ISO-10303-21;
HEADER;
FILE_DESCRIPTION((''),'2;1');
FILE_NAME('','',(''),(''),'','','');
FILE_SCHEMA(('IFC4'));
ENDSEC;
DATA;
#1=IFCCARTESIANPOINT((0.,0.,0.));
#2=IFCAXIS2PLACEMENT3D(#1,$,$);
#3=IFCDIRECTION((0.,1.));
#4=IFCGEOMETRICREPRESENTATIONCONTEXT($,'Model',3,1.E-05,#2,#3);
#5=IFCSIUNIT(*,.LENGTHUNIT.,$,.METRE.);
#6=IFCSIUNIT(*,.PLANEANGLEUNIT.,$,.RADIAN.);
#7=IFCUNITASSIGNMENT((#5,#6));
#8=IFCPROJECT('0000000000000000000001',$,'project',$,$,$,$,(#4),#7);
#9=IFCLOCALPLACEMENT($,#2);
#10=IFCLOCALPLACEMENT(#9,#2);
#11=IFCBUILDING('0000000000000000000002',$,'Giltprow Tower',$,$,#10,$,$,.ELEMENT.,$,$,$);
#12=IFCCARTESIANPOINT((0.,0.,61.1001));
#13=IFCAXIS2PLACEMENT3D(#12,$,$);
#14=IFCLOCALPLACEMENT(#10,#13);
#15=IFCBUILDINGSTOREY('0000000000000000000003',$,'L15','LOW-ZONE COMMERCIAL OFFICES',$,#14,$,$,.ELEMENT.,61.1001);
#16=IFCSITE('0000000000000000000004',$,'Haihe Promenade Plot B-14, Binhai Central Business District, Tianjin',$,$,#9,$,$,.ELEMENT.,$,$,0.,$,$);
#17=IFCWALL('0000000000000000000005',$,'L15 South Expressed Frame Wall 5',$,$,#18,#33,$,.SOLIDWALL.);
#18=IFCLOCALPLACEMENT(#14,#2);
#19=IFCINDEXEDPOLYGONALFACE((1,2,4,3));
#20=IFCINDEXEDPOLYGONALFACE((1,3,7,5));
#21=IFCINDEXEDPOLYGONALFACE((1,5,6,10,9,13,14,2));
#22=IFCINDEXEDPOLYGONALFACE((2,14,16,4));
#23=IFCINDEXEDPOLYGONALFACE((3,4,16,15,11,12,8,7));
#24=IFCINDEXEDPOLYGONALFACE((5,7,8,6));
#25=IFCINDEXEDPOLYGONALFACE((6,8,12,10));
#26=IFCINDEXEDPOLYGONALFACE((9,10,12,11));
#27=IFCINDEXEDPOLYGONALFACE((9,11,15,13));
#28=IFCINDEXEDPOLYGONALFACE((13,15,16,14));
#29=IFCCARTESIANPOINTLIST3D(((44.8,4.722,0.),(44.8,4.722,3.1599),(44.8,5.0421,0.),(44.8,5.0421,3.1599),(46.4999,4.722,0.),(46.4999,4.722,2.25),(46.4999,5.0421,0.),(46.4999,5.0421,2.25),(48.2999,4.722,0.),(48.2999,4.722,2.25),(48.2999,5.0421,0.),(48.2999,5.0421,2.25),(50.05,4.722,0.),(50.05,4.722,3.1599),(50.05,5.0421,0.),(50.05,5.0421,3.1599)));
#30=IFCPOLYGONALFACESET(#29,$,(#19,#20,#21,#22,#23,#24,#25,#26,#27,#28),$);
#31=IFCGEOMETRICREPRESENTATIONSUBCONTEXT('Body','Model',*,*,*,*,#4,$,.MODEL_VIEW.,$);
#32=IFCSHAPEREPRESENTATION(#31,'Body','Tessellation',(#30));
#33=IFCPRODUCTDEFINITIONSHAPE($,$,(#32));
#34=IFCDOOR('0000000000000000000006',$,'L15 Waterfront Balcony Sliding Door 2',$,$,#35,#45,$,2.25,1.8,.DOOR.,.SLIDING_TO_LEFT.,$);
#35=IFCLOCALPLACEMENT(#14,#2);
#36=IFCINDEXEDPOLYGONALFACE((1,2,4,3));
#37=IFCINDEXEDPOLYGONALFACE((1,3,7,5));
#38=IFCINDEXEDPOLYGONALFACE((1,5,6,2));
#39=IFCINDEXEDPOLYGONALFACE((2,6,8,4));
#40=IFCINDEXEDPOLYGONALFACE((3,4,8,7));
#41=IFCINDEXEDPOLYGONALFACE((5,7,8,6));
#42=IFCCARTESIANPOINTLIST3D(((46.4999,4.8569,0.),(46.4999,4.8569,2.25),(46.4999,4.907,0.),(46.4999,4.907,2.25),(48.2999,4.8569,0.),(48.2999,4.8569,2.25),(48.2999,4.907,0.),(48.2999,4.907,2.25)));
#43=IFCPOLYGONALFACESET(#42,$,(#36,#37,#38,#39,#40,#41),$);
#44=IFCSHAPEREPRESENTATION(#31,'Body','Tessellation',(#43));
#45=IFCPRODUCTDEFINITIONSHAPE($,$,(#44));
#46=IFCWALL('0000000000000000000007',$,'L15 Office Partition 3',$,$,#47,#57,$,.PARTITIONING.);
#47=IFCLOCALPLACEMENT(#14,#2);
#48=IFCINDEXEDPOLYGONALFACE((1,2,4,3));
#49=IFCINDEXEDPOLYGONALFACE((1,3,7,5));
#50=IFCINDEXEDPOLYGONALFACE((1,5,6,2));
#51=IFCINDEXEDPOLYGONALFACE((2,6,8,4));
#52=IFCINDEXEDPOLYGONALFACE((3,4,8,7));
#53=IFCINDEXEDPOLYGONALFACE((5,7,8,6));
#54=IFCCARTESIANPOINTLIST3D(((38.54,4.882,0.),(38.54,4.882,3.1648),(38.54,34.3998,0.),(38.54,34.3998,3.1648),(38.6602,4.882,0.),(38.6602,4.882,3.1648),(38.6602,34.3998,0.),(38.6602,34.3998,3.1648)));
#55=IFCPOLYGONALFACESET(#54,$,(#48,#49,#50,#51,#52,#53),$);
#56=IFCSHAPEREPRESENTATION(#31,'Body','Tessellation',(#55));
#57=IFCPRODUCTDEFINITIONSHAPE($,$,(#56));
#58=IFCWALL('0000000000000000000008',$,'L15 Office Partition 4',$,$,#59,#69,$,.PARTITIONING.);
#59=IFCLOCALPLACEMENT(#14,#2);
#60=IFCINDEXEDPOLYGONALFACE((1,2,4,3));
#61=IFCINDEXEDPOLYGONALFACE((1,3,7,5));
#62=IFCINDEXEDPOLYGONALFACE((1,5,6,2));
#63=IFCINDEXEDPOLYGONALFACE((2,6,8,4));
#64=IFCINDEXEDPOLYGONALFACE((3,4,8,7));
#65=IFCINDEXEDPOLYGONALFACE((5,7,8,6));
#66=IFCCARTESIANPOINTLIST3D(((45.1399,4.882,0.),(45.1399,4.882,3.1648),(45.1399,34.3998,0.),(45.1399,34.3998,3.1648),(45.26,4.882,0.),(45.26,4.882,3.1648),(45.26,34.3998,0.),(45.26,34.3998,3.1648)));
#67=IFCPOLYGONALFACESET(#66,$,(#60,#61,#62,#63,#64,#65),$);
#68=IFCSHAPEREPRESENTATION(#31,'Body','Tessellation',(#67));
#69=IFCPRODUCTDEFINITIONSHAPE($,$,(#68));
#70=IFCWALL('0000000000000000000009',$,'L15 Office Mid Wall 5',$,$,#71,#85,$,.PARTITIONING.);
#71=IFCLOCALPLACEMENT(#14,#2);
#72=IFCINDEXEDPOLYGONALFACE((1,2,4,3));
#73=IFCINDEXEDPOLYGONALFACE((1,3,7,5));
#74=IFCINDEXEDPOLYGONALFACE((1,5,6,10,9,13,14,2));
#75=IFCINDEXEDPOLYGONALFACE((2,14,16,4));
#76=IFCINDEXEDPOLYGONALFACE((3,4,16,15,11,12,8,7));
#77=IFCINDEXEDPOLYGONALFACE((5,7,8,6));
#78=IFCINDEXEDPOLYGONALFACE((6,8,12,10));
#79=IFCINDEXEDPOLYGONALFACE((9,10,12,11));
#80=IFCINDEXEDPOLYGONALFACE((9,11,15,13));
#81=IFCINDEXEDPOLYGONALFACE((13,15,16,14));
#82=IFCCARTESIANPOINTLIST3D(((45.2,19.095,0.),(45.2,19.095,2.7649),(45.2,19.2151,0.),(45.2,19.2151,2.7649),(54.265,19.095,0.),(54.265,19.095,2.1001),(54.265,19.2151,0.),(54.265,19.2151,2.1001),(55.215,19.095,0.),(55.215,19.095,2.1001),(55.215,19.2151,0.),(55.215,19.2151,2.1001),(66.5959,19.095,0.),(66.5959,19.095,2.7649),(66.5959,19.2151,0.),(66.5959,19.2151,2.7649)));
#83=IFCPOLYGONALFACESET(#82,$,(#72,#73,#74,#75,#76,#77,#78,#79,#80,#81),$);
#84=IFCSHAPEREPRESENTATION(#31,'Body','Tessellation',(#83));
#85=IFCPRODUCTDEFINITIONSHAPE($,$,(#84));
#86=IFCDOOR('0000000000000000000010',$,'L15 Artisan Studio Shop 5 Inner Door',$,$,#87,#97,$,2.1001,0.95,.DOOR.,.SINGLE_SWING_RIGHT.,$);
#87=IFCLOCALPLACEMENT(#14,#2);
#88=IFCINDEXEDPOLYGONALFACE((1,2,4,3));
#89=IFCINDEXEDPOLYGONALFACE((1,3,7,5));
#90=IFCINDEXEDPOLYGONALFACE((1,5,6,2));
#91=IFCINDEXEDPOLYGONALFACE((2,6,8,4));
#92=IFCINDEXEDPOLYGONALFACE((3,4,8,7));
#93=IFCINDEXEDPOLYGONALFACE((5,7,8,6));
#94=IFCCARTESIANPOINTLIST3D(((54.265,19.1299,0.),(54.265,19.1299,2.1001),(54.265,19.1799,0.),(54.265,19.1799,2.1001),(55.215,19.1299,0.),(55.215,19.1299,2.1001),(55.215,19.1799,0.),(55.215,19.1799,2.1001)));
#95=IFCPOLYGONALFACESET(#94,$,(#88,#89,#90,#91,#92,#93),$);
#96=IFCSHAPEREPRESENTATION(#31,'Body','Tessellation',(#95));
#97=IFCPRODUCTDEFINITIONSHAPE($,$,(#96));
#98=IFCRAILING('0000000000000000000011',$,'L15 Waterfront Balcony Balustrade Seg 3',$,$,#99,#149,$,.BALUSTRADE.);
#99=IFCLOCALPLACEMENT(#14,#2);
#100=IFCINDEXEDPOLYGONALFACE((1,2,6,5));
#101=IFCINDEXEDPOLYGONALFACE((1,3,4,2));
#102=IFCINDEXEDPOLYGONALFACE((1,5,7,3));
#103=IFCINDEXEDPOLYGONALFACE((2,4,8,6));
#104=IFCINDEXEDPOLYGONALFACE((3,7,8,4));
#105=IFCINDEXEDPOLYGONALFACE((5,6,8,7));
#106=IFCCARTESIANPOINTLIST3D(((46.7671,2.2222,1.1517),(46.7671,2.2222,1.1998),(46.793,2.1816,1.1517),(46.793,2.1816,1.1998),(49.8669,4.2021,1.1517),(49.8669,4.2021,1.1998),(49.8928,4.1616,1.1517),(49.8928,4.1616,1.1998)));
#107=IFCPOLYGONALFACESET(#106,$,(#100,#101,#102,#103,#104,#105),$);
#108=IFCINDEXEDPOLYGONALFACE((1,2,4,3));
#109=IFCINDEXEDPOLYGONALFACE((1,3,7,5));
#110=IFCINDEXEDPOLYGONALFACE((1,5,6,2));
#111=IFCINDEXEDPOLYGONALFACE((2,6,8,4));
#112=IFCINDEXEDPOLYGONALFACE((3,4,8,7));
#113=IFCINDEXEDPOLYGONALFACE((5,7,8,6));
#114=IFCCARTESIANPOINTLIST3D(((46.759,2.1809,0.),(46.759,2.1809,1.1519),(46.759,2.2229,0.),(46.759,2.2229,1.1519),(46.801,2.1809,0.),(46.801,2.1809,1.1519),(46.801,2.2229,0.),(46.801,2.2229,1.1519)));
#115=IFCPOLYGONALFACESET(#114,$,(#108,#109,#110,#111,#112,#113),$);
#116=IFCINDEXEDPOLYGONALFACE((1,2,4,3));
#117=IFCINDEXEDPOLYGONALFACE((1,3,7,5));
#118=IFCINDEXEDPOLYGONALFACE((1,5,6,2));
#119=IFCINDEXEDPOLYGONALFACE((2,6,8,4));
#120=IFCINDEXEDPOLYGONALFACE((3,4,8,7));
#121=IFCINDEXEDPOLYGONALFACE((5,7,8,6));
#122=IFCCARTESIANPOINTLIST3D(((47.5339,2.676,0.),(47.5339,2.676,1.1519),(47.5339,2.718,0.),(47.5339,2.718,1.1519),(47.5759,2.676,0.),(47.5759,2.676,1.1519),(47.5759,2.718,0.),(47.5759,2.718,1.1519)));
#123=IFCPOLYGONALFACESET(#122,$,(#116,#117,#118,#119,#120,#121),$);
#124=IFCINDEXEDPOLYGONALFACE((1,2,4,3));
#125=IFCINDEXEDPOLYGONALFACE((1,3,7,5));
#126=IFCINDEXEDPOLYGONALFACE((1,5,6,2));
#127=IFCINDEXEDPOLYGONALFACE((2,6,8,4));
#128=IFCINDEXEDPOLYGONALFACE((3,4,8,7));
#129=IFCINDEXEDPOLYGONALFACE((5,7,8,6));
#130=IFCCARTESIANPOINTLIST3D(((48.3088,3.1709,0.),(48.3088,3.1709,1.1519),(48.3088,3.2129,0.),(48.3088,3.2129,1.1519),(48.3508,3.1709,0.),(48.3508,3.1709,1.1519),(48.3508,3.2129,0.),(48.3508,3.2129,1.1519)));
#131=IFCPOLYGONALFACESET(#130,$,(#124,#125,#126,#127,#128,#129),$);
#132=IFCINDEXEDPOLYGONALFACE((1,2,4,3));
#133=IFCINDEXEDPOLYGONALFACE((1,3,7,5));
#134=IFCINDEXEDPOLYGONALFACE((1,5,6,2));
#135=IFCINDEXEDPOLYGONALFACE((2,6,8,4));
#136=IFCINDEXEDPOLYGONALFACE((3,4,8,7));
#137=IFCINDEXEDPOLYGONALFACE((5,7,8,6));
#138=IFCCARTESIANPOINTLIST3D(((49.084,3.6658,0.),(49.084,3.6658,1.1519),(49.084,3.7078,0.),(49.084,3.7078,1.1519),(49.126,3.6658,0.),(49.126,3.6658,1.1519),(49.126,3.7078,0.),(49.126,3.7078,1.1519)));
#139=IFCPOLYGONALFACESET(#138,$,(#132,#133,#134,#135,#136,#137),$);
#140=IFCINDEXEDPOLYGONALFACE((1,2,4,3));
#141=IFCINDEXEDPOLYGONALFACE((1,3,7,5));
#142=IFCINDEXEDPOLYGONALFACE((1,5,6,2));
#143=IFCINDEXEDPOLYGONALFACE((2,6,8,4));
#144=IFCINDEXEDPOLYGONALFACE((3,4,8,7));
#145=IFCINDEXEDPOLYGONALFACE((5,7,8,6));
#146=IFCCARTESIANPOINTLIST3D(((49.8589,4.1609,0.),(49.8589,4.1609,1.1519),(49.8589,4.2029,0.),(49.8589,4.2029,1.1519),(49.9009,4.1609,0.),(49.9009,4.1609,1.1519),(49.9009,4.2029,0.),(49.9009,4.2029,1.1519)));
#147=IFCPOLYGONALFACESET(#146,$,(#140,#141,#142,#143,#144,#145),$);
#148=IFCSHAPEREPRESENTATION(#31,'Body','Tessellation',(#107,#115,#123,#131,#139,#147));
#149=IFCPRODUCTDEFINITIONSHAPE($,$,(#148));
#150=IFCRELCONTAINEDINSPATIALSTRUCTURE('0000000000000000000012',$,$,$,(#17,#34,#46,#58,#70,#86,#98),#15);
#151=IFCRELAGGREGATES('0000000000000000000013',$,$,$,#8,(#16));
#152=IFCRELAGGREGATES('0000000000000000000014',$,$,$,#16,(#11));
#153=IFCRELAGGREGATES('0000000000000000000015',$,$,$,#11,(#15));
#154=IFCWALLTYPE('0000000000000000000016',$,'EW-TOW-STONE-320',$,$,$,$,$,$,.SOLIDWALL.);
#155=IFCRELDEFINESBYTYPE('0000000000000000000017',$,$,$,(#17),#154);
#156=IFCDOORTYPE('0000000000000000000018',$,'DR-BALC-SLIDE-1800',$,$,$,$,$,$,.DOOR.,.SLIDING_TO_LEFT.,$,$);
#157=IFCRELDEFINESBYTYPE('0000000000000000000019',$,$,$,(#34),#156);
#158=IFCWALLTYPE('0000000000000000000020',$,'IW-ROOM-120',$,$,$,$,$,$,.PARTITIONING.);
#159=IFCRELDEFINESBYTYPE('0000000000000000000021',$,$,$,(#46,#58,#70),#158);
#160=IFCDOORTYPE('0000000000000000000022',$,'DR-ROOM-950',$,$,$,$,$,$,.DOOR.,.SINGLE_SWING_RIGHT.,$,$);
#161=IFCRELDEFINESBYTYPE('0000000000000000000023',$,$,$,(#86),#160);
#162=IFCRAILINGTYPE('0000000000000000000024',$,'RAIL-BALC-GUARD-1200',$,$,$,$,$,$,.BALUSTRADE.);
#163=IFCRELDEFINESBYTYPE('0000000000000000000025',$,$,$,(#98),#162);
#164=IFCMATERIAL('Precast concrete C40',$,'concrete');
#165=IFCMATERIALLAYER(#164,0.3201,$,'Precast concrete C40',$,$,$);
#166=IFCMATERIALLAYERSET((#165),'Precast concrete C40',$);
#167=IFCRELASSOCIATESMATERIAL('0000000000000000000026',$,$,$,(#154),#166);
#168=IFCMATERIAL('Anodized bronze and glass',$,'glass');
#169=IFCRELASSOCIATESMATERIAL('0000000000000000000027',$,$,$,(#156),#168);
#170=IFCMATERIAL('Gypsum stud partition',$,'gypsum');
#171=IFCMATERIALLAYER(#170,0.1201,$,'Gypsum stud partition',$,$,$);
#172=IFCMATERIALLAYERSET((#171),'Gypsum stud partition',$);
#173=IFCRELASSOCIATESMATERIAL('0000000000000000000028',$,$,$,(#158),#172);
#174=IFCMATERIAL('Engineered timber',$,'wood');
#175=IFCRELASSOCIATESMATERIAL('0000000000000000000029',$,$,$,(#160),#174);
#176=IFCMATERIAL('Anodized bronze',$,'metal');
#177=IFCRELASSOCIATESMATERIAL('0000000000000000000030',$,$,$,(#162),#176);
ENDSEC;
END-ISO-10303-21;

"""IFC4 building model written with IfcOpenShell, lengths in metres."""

from ifc_helpers import new_model, si_unit, direction, frame, frame_2d, origin, origin_2d, place, context, subcontext, project, spatial, rectangle, extrude, source, transform, mapped, material, layer, layer_set, type_object, element, fill, save


model = new_model("IFC4")

# Units and contexts
model_context = context("Model", 3, precision=1e-05, world=origin(), true_north=direction((0.0, 1.0)))
body_context = subcontext(model_context, "Body", "Model", "MODEL_VIEW")
ifc_project = project(units=[si_unit("LENGTHUNIT", "METRE"), si_unit("PLANEANGLEUNIT", "RADIAN")], contexts=[model_context])

# Site, building, storey
site_placement = place(None, origin())
site = spatial("IfcSite", under=ifc_project, at=site_placement, Name="Haihe Promenade Plot B-14, Binhai Central Business District, Tianjin", CompositionType="ELEMENT", RefElevation=0.0)
building_placement = place(site_placement, origin())
building = spatial("IfcBuilding", under=site, at=building_placement, Name="Giltprow Tower", CompositionType="ELEMENT")
storey_placement = place(building_placement, frame((0.0, 0.0, 61.1001)))
storey = spatial("IfcBuildingStorey", under=building, at=storey_placement, Name="L15", Description="LOW-ZONE COMMERCIAL OFFICES", CompositionType="ELEMENT", Elevation=61.1001)

# Shared definitions
ifc_material_1 = material(Name="Anodized bronze", Category="metal")

# Shared definitions
ifc_material_2 = material(Name="Precast concrete C40", Category="concrete")
ifc_layer_1 = layer(ifc_material_2, 0.3201, Name="Precast concrete C40")
ifc_layer_set_1 = layer_set([ifc_layer_1], Name="Precast concrete C40")
wall_type_1 = type_object("IfcWallType", Name="EW-TOW-STONE-320", PredefinedType="SOLIDWALL", material=ifc_layer_set_1)

# Wall, opening, door
wall_1_placement = place(storey_placement, frame((44.8, 4.8821, 0.0), z_axis=(0.0, 0.0, 1.0), x_axis=(1.0, 0.0, 0.0)))
wall_1 = element("IfcWall", 1, at=wall_1_placement, inside=storey, type_object=wall_type_1, Name="L15 South Expressed Frame Wall 5", PredefinedType="SOLIDWALL", context=body_context, shape_type="SweptSolid", body=[
    extrude(rectangle(XDim=5.25, YDim=0.3201, at=frame_2d((2.625, 0.0))), origin(), (0.0, 0.0, 1.0), 3.1599),
])
opening_1_placement = place(wall_1_placement, frame((1.7, 0.0, 0.0)))
opening_1 = element("IfcOpeningElement", 2, at=opening_1_placement, cuts=wall_1, PredefinedType="OPENING", context=body_context, shape_type="SweptSolid", body=[
    extrude(rectangle(XDim=1.8, YDim=2.25, at=frame_2d((0.8999, 1.125))), frame((0.0, 0.1699, 0.0), z_axis=(0.0, -1.0, 0.0), x_axis=(1.0, 0.0, 0.0)), (0.0, 0.0, 1.0), 0.3401),
])
ifc_material_3 = material(Name="Anodized bronze and glass", Category="glass")
door_type_1 = type_object("IfcDoorType", Name="DR-BALC-SLIDE-1800", OperationType="SLIDING_TO_LEFT", PredefinedType="DOOR", material=ifc_material_3)
shared_shape_1 = source(origin(), body_context, "Body", "SweptSolid", [
    extrude(rectangle(XDim=1.8, YDim=2.25, at=frame_2d((0.8999, 1.125))), frame((0.0, 0.0249, 0.0), z_axis=(0.0, -1.0, 0.0), x_axis=(1.0, 0.0, 0.0)), (0.0, 0.0, 1.0), 0.05),
])
door_1_placement = place(opening_1_placement, origin())
door_1 = element("IfcDoor", 3, at=door_1_placement, inside=storey, type_object=door_type_1, Name="L15 Waterfront Balcony Sliding Door 2", OperationType="SLIDING_TO_LEFT", OverallHeight=2.25, OverallWidth=1.8, PredefinedType="DOOR", context=body_context, shape_type="MappedRepresentation", body=[
    mapped(shared_shape_1, transform((0.0, 0.0, 0.0), x_axis=(1.0, 0.0, 0.0), y_axis=(0.0, 1.0, 0.0), z_axis=(0.0, 0.0, 1.0), scale=1.0)),
])
fill(opening_1, door_1)

# Walls
ifc_material_4 = material(Name="Gypsum stud partition", Category="gypsum")
ifc_layer_2 = layer(ifc_material_4, 0.1201, Name="Gypsum stud partition")
ifc_layer_set_2 = layer_set([ifc_layer_2], Name="Gypsum stud partition")
wall_type_2 = type_object("IfcWallType", Name="IW-ROOM-120", PredefinedType="PARTITIONING", material=ifc_layer_set_2)
for number, where, z_axis, x_axis, name in (
    (4, (38.6001, 4.8821, 0.0), (0.0, 0.0, 1.0), (0.0, 1.0, 0.0), "L15 Office Partition 3"),
    (5, (45.2, 4.8821, 0.0), (0.0, 0.0, 1.0), (0.0, 1.0, 0.0), "L15 Office Partition 4"),
):
    element("IfcWall", number, at=place(storey_placement, frame(where, z_axis=z_axis, x_axis=x_axis)), inside=storey, type_object=wall_type_2, Name=name, PredefinedType="PARTITIONING", context=body_context, shape_type="SweptSolid", body=[
        extrude(rectangle(XDim=29.5178, YDim=0.1201, at=frame_2d((14.7588, 0.0))), origin(), (0.0, 0.0, 1.0), 3.1648),
    ])

# Wall, opening, door
wall_2_placement = place(storey_placement, frame((45.2, 19.155, 0.0), z_axis=(0.0, 0.0, 1.0), x_axis=(1.0, 0.0, 0.0)))
wall_2 = element("IfcWall", 6, at=wall_2_placement, inside=storey, type_object=wall_type_2, Name="L15 Office Mid Wall 5", PredefinedType="PARTITIONING", context=body_context, shape_type="SweptSolid", body=[
    extrude(rectangle(XDim=21.396, YDim=0.1201, at=frame_2d((10.698, 0.0))), origin(), (0.0, 0.0, 1.0), 2.7649),
])
opening_2_placement = place(wall_2_placement, frame((9.0649, 0.0, 0.0)))
opening_2 = element("IfcOpeningElement", 7, at=opening_2_placement, cuts=wall_2, PredefinedType="OPENING", context=body_context, shape_type="SweptSolid", body=[
    extrude(rectangle(XDim=0.95, YDim=2.1001, at=frame_2d((0.4751, 1.05))), frame((0.0, 0.0701, 0.0), z_axis=(0.0, -1.0, 0.0), x_axis=(1.0, 0.0, 0.0)), (0.0, 0.0, 1.0), 0.1401),
])
ifc_material_5 = material(Name="Engineered timber", Category="wood")
door_type_2 = type_object("IfcDoorType", Name="DR-ROOM-950", OperationType="SINGLE_SWING_RIGHT", PredefinedType="DOOR", material=ifc_material_5)
shared_shape_2 = source(origin(), body_context, "Body", "SweptSolid", [
    extrude(rectangle(XDim=0.95, YDim=2.1001, at=frame_2d((0.4751, 1.05))), frame((0.0, 0.0249, 0.0), z_axis=(0.0, -1.0, 0.0), x_axis=(1.0, 0.0, 0.0)), (0.0, 0.0, 1.0), 0.05),
])
door_2_placement = place(opening_2_placement, origin())
door_2 = element("IfcDoor", 8, at=door_2_placement, inside=storey, type_object=door_type_2, Name="L15 Artisan Studio Shop 5 Inner Door", OperationType="SINGLE_SWING_RIGHT", OverallHeight=2.1001, OverallWidth=0.95, PredefinedType="DOOR", context=body_context, shape_type="MappedRepresentation", body=[
    mapped(shared_shape_2, transform((0.0, 0.0, 0.0), x_axis=(1.0, 0.0, 0.0), y_axis=(0.0, 1.0, 0.0), z_axis=(0.0, 0.0, 1.0), scale=1.0)),
])
fill(opening_2, door_2)

# Railing
railing_type = type_object("IfcRailingType", Name="RAIL-BALC-GUARD-1200", PredefinedType="BALUSTRADE", material=ifc_material_1)
railing_1_placement = place(storey_placement, frame((46.78, 2.2019, 0.0)))
element("IfcRailing", 9, at=railing_1_placement, inside=storey, type_object=railing_type, Name="L15 Waterfront Balcony Balustrade Seg 3", PredefinedType="BALUSTRADE", context=body_context, shape_type="SweptSolid", body=[
    extrude(rectangle(XDim=0.0481, YDim=0.0481, at=origin_2d()), frame((0.0, 0.0, 1.1758), z_axis=(0.842756, 0.538296, 0.0), x_axis=(-0.538296, 0.842756, 0.0)), (0.0, 0.0, 1.0), 3.6782),
    extrude(rectangle(XDim=0.042, YDim=0.042, at=origin_2d()), origin(), (0.0, 0.0, 1.0), 1.1519),
    extrude(rectangle(XDim=0.042, YDim=0.042, at=origin_2d()), frame((0.7749, 0.4951, 0.0)), (0.0, 0.0, 1.0), 1.1519),
    extrude(rectangle(XDim=0.042, YDim=0.042, at=origin_2d()), frame((1.5498, 0.99, 0.0)), (0.0, 0.0, 1.0), 1.1519),
    extrude(rectangle(XDim=0.042, YDim=0.042, at=origin_2d()), frame((2.325, 1.4849, 0.0)), (0.0, 0.0, 1.0), 1.1519),
    extrude(rectangle(XDim=0.042, YDim=0.042, at=origin_2d()), frame((3.0999, 1.98, 0.0)), (0.0, 0.0, 1.0), 1.1519),
])

save(model, "model.ifc")
